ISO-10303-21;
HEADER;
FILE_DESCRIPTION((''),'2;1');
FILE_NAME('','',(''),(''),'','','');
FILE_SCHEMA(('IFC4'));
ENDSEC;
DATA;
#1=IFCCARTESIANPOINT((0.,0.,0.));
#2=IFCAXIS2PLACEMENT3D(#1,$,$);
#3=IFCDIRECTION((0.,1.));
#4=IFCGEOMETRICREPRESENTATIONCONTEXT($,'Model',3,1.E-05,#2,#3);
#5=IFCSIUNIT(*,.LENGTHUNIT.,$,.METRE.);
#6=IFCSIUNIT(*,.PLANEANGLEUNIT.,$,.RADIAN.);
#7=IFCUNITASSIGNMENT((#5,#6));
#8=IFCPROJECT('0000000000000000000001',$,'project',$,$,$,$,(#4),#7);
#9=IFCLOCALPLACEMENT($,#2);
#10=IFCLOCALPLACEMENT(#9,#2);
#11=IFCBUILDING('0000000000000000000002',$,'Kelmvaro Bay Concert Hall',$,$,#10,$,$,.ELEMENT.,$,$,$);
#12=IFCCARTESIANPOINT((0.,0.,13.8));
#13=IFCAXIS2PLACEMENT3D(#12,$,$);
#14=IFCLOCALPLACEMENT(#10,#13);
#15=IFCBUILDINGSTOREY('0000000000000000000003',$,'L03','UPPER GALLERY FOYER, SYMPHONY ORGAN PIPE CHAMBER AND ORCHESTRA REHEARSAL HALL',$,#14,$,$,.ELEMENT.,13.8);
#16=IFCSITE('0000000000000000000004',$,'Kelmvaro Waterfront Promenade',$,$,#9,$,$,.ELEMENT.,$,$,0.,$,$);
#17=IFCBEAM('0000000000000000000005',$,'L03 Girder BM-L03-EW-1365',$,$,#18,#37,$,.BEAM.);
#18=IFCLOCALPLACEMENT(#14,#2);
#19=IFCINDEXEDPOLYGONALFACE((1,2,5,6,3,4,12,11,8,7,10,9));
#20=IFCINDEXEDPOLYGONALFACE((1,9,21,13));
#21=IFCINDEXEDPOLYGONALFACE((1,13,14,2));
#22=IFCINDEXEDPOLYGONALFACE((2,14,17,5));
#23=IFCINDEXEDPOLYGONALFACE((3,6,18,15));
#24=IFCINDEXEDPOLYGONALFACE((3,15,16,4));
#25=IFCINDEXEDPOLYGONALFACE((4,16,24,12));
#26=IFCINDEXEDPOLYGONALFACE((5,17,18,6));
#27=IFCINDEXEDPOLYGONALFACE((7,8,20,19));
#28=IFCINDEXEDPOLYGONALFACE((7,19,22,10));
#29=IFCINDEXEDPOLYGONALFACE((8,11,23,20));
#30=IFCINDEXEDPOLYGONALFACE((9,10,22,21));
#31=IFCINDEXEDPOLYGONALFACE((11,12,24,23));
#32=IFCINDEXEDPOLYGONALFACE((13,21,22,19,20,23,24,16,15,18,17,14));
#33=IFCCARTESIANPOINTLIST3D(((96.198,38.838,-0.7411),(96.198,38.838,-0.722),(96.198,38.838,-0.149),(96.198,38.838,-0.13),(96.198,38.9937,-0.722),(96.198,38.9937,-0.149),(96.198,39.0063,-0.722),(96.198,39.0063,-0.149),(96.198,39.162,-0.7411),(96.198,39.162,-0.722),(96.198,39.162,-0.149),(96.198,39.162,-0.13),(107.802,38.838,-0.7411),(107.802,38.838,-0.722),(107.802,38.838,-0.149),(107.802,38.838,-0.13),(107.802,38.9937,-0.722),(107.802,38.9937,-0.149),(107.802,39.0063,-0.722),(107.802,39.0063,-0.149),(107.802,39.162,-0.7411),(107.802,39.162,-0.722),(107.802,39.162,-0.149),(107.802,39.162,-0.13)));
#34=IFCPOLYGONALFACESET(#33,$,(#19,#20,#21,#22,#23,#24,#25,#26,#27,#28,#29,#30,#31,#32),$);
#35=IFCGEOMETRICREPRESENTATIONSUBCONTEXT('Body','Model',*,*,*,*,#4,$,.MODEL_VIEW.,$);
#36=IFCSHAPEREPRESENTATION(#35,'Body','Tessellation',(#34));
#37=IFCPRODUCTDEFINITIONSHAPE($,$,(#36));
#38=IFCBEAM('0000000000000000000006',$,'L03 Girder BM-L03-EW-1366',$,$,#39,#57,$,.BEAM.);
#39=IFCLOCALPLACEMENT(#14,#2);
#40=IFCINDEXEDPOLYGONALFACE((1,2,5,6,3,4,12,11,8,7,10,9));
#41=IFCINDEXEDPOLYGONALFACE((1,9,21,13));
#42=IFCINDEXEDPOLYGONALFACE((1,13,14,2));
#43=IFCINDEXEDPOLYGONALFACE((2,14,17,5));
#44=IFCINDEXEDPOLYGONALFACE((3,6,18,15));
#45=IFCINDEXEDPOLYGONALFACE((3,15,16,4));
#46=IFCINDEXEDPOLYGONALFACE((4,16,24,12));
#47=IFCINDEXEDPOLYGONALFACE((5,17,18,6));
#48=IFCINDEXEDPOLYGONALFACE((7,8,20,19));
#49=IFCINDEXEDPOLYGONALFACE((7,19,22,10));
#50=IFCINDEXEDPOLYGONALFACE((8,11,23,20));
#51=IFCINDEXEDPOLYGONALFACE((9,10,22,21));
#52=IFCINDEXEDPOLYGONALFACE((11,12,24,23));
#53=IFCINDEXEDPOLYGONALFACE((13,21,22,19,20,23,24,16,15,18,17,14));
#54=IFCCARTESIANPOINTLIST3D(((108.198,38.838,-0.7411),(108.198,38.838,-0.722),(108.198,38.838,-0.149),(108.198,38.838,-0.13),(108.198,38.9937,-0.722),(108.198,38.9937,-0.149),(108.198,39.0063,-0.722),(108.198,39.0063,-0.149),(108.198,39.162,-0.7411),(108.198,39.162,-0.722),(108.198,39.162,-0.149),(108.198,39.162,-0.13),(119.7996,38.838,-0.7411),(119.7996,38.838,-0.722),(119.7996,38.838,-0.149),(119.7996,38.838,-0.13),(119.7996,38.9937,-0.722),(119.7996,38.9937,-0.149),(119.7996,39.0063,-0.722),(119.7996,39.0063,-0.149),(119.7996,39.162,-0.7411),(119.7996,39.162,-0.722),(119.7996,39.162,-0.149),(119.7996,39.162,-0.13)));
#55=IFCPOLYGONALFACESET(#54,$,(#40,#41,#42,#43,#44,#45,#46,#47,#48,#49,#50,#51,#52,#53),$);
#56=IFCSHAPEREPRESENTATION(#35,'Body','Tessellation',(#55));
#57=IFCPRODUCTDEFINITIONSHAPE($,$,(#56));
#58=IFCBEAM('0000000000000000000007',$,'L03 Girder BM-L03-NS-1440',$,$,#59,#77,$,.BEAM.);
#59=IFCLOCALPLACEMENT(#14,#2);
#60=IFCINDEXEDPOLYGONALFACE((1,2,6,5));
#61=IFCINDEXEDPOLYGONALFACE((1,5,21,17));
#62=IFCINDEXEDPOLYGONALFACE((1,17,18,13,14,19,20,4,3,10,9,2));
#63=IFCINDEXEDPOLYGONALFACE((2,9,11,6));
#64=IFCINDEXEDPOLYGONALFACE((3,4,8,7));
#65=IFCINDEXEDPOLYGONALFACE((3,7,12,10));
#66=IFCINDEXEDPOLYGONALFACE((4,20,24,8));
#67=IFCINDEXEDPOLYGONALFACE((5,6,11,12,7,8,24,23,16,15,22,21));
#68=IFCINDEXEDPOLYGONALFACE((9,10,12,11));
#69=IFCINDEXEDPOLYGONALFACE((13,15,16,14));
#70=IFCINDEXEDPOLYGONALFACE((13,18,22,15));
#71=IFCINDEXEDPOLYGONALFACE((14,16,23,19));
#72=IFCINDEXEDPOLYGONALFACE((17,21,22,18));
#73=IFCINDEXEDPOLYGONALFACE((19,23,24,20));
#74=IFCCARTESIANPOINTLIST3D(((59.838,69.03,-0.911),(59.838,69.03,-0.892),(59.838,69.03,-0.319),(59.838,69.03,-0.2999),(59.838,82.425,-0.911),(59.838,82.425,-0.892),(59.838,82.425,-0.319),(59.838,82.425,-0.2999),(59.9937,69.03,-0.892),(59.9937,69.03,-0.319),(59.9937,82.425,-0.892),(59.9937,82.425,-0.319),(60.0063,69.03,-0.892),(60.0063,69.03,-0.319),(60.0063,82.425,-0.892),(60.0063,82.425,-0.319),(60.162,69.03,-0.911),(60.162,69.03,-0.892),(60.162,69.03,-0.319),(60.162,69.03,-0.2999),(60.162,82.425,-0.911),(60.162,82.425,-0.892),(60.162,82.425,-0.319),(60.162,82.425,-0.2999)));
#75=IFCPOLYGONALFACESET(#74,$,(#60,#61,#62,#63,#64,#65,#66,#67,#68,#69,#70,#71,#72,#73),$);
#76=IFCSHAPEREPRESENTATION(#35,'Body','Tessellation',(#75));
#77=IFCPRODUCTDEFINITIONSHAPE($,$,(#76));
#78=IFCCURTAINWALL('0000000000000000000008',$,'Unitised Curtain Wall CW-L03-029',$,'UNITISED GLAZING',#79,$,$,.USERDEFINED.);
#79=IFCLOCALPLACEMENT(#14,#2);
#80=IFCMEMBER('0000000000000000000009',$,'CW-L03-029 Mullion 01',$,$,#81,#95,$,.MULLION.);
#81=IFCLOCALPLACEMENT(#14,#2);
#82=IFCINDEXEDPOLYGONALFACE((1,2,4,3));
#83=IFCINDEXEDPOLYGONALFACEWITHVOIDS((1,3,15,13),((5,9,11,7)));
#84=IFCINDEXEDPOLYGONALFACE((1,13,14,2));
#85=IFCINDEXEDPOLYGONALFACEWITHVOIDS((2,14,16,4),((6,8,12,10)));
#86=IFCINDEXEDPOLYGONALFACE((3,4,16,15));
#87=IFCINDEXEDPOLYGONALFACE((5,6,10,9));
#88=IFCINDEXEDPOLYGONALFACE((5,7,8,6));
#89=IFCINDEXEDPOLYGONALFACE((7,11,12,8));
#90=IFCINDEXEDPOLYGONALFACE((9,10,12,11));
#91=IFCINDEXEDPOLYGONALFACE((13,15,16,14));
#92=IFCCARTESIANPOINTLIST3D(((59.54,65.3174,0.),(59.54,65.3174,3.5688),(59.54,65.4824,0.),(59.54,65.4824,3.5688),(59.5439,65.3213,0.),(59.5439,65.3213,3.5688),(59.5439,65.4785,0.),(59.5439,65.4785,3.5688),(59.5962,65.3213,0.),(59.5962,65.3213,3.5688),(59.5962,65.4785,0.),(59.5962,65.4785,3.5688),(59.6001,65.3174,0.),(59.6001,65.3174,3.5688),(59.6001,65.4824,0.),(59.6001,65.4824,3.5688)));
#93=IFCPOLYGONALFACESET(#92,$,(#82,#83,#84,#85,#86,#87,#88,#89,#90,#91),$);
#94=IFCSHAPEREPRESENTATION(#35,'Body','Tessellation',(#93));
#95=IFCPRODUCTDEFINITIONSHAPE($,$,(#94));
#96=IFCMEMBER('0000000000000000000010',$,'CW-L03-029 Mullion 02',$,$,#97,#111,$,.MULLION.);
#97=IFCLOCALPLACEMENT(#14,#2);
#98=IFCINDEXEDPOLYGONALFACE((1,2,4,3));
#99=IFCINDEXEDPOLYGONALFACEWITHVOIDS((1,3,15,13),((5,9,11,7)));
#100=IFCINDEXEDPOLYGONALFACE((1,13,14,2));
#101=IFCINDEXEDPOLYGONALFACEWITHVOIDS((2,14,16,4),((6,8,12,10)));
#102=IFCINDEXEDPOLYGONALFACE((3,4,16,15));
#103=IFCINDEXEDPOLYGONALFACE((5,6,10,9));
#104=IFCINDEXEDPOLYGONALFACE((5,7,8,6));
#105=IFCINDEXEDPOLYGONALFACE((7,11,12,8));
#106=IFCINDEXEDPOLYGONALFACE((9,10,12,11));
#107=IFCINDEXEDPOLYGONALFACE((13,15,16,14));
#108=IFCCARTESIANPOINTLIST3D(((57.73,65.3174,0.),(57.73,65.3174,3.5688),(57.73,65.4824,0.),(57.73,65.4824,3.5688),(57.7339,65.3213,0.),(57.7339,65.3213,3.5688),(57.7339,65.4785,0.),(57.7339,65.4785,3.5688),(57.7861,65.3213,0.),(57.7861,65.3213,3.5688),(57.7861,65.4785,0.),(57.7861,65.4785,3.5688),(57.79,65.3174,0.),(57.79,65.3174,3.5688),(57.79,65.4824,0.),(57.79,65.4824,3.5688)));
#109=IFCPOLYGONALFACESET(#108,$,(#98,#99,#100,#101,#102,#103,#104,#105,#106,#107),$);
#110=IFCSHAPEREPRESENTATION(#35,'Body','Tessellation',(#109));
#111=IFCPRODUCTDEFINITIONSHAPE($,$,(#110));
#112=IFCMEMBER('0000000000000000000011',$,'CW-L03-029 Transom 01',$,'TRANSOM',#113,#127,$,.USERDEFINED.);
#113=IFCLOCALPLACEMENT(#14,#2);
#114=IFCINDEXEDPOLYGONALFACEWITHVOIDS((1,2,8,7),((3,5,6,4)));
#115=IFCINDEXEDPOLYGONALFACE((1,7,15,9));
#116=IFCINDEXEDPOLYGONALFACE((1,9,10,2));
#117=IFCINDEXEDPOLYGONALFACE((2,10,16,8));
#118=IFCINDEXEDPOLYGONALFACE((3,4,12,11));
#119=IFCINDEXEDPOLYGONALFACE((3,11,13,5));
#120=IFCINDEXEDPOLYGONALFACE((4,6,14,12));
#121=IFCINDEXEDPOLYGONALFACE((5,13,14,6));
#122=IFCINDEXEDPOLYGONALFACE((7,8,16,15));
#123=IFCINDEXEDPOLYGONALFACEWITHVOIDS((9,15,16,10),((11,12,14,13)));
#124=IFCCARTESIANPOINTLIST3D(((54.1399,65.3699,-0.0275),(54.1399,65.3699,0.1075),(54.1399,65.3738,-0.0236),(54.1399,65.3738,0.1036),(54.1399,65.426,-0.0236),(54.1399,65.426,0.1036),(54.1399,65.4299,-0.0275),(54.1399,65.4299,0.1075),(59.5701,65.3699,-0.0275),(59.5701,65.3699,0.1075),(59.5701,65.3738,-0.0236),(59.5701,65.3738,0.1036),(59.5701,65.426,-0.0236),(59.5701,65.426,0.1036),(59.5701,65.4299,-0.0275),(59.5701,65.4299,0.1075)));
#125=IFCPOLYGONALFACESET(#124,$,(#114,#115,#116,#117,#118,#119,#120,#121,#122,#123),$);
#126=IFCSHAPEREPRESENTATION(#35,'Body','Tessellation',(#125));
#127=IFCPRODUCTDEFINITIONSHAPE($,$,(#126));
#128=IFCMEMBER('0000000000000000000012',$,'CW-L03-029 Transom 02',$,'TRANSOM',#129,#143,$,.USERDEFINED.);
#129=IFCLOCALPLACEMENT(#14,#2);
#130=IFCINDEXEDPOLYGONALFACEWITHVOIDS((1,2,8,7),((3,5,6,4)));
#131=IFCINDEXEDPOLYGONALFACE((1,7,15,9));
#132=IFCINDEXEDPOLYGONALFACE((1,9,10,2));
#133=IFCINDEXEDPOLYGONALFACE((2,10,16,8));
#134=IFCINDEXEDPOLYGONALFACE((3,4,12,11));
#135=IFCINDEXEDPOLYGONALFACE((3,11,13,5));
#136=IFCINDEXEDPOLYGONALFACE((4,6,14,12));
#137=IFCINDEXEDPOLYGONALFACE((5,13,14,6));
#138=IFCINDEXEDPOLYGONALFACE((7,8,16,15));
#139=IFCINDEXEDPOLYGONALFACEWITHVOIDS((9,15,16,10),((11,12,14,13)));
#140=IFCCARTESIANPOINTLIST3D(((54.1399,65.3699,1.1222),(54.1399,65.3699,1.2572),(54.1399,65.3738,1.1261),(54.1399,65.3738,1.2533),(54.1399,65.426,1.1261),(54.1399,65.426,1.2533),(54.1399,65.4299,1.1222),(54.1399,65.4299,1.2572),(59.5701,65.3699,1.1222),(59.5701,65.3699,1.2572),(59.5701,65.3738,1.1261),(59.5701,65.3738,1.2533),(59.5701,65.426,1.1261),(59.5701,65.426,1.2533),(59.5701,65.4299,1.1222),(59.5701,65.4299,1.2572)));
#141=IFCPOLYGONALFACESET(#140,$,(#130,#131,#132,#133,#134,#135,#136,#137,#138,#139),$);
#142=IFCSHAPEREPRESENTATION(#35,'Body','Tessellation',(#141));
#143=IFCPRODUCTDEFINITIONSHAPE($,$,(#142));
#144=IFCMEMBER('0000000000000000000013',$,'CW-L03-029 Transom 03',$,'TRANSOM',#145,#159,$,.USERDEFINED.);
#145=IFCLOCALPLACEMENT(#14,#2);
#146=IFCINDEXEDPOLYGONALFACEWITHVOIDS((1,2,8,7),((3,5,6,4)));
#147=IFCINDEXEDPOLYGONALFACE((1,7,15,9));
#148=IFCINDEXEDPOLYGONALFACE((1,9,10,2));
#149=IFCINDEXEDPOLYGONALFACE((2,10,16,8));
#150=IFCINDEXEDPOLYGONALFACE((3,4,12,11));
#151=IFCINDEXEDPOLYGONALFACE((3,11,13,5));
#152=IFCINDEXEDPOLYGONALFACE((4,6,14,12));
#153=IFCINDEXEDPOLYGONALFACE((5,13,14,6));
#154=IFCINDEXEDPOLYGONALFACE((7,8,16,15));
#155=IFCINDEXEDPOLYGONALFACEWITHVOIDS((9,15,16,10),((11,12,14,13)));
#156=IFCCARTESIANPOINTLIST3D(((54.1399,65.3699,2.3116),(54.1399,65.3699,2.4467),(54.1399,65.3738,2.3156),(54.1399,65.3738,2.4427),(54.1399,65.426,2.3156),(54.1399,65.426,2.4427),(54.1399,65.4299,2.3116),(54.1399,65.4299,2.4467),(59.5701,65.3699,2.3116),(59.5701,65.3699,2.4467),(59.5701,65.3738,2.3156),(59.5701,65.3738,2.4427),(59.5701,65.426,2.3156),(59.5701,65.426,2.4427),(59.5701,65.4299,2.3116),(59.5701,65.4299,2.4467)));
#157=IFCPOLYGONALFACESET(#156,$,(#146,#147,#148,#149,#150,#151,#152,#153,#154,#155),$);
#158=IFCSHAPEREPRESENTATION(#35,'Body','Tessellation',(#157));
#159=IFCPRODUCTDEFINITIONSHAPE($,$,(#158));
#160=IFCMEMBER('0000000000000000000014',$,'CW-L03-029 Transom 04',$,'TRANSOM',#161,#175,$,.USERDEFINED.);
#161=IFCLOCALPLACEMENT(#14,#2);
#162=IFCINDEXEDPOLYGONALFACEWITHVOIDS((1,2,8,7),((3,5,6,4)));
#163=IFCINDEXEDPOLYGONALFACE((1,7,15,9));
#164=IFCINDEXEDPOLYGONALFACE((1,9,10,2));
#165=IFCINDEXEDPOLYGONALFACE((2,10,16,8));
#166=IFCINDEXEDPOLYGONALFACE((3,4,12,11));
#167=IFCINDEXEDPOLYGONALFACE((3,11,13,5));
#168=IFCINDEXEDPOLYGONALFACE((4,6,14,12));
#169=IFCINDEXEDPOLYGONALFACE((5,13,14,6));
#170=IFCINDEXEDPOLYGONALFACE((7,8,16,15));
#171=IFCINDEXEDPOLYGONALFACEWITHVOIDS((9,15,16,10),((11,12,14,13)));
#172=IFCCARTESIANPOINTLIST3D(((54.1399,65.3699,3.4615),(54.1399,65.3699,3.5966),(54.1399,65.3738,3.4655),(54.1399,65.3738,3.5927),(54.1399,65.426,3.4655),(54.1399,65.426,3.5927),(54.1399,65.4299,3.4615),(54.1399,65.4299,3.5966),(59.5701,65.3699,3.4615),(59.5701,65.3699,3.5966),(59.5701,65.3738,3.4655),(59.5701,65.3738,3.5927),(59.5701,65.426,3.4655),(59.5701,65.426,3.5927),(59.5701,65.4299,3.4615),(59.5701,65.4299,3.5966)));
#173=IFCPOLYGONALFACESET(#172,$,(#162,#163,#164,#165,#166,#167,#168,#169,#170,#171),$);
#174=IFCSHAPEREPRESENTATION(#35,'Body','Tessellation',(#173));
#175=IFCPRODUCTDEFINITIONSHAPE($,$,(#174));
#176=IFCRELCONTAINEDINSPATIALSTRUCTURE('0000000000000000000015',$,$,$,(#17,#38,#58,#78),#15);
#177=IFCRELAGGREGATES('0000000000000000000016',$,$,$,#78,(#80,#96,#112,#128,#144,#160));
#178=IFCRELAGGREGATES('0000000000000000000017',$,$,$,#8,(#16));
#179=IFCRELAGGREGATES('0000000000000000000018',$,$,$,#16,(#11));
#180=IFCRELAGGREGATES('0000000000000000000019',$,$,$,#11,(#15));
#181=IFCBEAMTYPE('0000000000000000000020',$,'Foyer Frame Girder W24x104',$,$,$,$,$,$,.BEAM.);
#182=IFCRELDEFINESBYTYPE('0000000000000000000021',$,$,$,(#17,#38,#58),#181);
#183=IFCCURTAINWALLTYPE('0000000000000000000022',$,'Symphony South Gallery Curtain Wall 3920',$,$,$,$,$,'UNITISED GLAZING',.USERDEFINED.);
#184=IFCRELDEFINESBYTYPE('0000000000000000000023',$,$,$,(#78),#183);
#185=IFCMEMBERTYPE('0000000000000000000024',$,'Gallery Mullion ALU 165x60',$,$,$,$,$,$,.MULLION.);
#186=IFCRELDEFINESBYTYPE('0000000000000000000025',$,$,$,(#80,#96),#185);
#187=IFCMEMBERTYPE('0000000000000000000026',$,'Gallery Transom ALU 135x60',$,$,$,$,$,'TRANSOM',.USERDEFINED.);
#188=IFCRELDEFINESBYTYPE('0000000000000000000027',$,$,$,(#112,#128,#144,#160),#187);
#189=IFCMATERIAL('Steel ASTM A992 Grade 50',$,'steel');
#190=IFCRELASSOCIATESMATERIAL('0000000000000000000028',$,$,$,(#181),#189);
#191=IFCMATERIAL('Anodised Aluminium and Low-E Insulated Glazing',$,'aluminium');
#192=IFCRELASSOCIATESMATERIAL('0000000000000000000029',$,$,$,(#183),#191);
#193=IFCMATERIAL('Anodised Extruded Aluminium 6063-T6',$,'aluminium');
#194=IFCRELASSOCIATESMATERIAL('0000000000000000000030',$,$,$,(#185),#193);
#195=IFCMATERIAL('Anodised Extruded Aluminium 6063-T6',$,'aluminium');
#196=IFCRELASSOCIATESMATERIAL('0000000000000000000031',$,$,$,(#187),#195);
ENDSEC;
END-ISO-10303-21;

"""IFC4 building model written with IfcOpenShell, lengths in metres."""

from ifc_helpers import new_model, si_unit, direction, frame, origin, origin_2d, place, context, subcontext, project, spatial, hollow_rectangle, i_section, extrude, material, material_profile, profile_set, type_object, element, aggregate, save


model = new_model("IFC4")

# Units and contexts
model_context = context("Model", 3, precision=1e-05, world=origin(), true_north=direction((0.0, 1.0)))
body_context = subcontext(model_context, "Body", "Model", "MODEL_VIEW")
ifc_project = project(units=[si_unit("LENGTHUNIT", "METRE"), si_unit("PLANEANGLEUNIT", "RADIAN")], contexts=[model_context])

# Site, building, storey
site_placement = place(None, origin())
site = spatial("IfcSite", under=ifc_project, at=site_placement, Name="Kelmvaro Waterfront Promenade", CompositionType="ELEMENT", RefElevation=0.0)
building_placement = place(site_placement, origin())
building = spatial("IfcBuilding", under=site, at=building_placement, Name="Kelmvaro Bay Concert Hall", CompositionType="ELEMENT")
storey_placement = place(building_placement, frame((0.0, 0.0, 13.8)))
storey = spatial("IfcBuildingStorey", under=building, at=storey_placement, Name="L03", Description="UPPER GALLERY FOYER, SYMPHONY ORGAN PIPE CHAMBER AND ORCHESTRA REHEARSAL HALL", CompositionType="ELEMENT", Elevation=13.8)

# Beams
ifc_material_1 = material(Name="Steel ASTM A992 Grade 50", Category="steel")
ifc_material_profile_1 = material_profile(ifc_material_1, i_section(OverallWidth=0.324, OverallDepth=0.6111, WebThickness=0.0127, FlangeThickness=0.019, at=origin_2d()), Name="W24X104")
ifc_profile_set_1 = profile_set([ifc_material_profile_1], Name="Steel ASTM A992 Grade 50")
beam_type_1 = type_object("IfcBeamType", Name="Foyer Frame Girder W24x104", PredefinedType="BEAM", material=ifc_profile_set_1)
beam_1_placement = place(storey_placement, frame((96.198, 39.0, -0.4355), z_axis=(1.0, 0.0, 0.0), x_axis=(0.0, 1.0, 0.0)))
element("IfcBeam", 1, at=beam_1_placement, inside=storey, type_object=beam_type_1, Name="L03 Girder BM-L03-EW-1365", PredefinedType="BEAM", context=body_context, shape_type="SweptSolid", body=[
    extrude(i_section(OverallWidth=0.324, OverallDepth=0.6111, WebThickness=0.0127, FlangeThickness=0.019, at=origin_2d()), origin(), (0.0, 0.0, 1.0), 11.604),
])
beam_2_placement = place(storey_placement, frame((108.198, 39.0, -0.4355), z_axis=(1.0, 0.0, 0.0), x_axis=(0.0, 1.0, 0.0)))
element("IfcBeam", 2, at=beam_2_placement, inside=storey, type_object=beam_type_1, Name="L03 Girder BM-L03-EW-1366", PredefinedType="BEAM", context=body_context, shape_type="SweptSolid", body=[
    extrude(i_section(OverallWidth=0.324, OverallDepth=0.6111, WebThickness=0.0127, FlangeThickness=0.019, at=origin_2d()), origin(), (0.0, 0.0, 1.0), 11.6016),
])
beam_3_placement = place(storey_placement, frame((60.0, 69.03, -0.6055), z_axis=(0.0, 1.0, 0.0), x_axis=(-1.0, 0.0, 0.0)))
element("IfcBeam", 3, at=beam_3_placement, inside=storey, type_object=beam_type_1, Name="L03 Girder BM-L03-NS-1440", PredefinedType="BEAM", context=body_context, shape_type="SweptSolid", body=[
    extrude(i_section(OverallWidth=0.324, OverallDepth=0.6111, WebThickness=0.0127, FlangeThickness=0.019, at=origin_2d()), origin(), (0.0, 0.0, 1.0), 13.395),
])

# Curtain wall, members
ifc_material_2 = material(Name="Anodised Aluminium and Low-E Insulated Glazing", Category="aluminium")
curtain_wall_type_1 = type_object("IfcCurtainWallType", Name="Symphony South Gallery Curtain Wall 3920", ElementType="UNITISED GLAZING", PredefinedType="USERDEFINED", material=ifc_material_2)
curtain_wall_1_placement = place(storey_placement, origin())
curtain_wall_1 = element("IfcCurtainWall", 4, at=curtain_wall_1_placement, inside=storey, type_object=curtain_wall_type_1, Name="Unitised Curtain Wall CW-L03-029", ObjectType="UNITISED GLAZING", PredefinedType="USERDEFINED")
ifc_material_3 = material(Name="Anodised Extruded Aluminium 6063-T6", Category="aluminium")
ifc_material_profile_2 = material_profile(ifc_material_3, hollow_rectangle(XDim=0.0601, YDim=0.165, WallThickness=0.0039, at=origin_2d()), Name="ALU-MUL-165X60")
ifc_profile_set_2 = profile_set([ifc_material_profile_2], Name="Anodised Extruded Aluminium 6063-T6")
member_type_1 = type_object("IfcMemberType", Name="Gallery Mullion ALU 165x60", PredefinedType="MULLION", material=ifc_profile_set_2)
member_1_placement = place(storey_placement, frame((59.5701, 65.3999, 0.0), z_axis=(0.0, 0.0, 1.0), x_axis=(1.0, 0.0, 0.0)))
member_1 = element("IfcMember", 5, at=member_1_placement, type_object=member_type_1, Name="CW-L03-029 Mullion 01", PredefinedType="MULLION", context=body_context, shape_type="SweptSolid", body=[
    extrude(hollow_rectangle(XDim=0.0601, YDim=0.165, WallThickness=0.0039, at=origin_2d()), origin(), (0.0, 0.0, 1.0), 3.5688),
])
member_2_placement = place(storey_placement, frame((57.76, 65.3999, 0.0), z_axis=(0.0, 0.0, 1.0), x_axis=(1.0, 0.0, 0.0)))
member_2 = element("IfcMember", 6, at=member_2_placement, type_object=member_type_1, Name="CW-L03-029 Mullion 02", PredefinedType="MULLION", context=body_context, shape_type="SweptSolid", body=[
    extrude(hollow_rectangle(XDim=0.0601, YDim=0.165, WallThickness=0.0039, at=origin_2d()), origin(), (0.0, 0.0, 1.0), 3.5688),
])
ifc_material_4 = material(Name="Anodised Extruded Aluminium 6063-T6", Category="aluminium")
ifc_material_profile_3 = material_profile(ifc_material_4, hollow_rectangle(XDim=0.0601, YDim=0.135, WallThickness=0.0039, at=origin_2d()), Name="ALU-TRN-135X60")
ifc_profile_set_3 = profile_set([ifc_material_profile_3], Name="Anodised Extruded Aluminium 6063-T6")
member_type_2 = type_object("IfcMemberType", Name="Gallery Transom ALU 135x60", ElementType="TRANSOM", PredefinedType="USERDEFINED", material=ifc_profile_set_3)
member_3_placement = place(storey_placement, frame((59.5701, 65.3999, 0.04), z_axis=(-1.0, 0.0, 0.0), x_axis=(0.0, -1.0, 0.0)))
member_3 = element("IfcMember", 7, at=member_3_placement, type_object=member_type_2, Name="CW-L03-029 Transom 01", ObjectType="TRANSOM", PredefinedType="USERDEFINED", context=body_context, shape_type="SweptSolid", body=[
    extrude(hollow_rectangle(XDim=0.0601, YDim=0.135, WallThickness=0.0039, at=origin_2d()), origin(), (0.0, 0.0, 1.0), 5.4302),
])
member_4_placement = place(storey_placement, frame((59.5701, 65.3999, 1.1897), z_axis=(-1.0, 0.0, 0.0), x_axis=(0.0, -1.0, 0.0)))
member_4 = element("IfcMember", 8, at=member_4_placement, type_object=member_type_2, Name="CW-L03-029 Transom 02", ObjectType="TRANSOM", PredefinedType="USERDEFINED", context=body_context, shape_type="SweptSolid", body=[
    extrude(hollow_rectangle(XDim=0.0601, YDim=0.135, WallThickness=0.0039, at=origin_2d()), origin(), (0.0, 0.0, 1.0), 5.4302),
])
member_5_placement = place(storey_placement, frame((59.5701, 65.3999, 2.3792), z_axis=(-1.0, 0.0, 0.0), x_axis=(0.0, -1.0, 0.0)))
member_5 = element("IfcMember", 9, at=member_5_placement, type_object=member_type_2, Name="CW-L03-029 Transom 03", ObjectType="TRANSOM", PredefinedType="USERDEFINED", context=body_context, shape_type="SweptSolid", body=[
    extrude(hollow_rectangle(XDim=0.0601, YDim=0.135, WallThickness=0.0039, at=origin_2d()), origin(), (0.0, 0.0, 1.0), 5.4302),
])
member_6_placement = place(storey_placement, frame((59.5701, 65.3999, 3.5291), z_axis=(-1.0, 0.0, 0.0), x_axis=(0.0, -1.0, 0.0)))
member_6 = element("IfcMember", 10, at=member_6_placement, type_object=member_type_2, Name="CW-L03-029 Transom 04", ObjectType="TRANSOM", PredefinedType="USERDEFINED", context=body_context, shape_type="SweptSolid", body=[
    extrude(hollow_rectangle(XDim=0.0601, YDim=0.135, WallThickness=0.0039, at=origin_2d()), origin(), (0.0, 0.0, 1.0), 5.4302),
])

aggregate(curtain_wall_1, [member_1, member_2, member_3, member_4, member_5, member_6])

save(model, "model.ifc")
